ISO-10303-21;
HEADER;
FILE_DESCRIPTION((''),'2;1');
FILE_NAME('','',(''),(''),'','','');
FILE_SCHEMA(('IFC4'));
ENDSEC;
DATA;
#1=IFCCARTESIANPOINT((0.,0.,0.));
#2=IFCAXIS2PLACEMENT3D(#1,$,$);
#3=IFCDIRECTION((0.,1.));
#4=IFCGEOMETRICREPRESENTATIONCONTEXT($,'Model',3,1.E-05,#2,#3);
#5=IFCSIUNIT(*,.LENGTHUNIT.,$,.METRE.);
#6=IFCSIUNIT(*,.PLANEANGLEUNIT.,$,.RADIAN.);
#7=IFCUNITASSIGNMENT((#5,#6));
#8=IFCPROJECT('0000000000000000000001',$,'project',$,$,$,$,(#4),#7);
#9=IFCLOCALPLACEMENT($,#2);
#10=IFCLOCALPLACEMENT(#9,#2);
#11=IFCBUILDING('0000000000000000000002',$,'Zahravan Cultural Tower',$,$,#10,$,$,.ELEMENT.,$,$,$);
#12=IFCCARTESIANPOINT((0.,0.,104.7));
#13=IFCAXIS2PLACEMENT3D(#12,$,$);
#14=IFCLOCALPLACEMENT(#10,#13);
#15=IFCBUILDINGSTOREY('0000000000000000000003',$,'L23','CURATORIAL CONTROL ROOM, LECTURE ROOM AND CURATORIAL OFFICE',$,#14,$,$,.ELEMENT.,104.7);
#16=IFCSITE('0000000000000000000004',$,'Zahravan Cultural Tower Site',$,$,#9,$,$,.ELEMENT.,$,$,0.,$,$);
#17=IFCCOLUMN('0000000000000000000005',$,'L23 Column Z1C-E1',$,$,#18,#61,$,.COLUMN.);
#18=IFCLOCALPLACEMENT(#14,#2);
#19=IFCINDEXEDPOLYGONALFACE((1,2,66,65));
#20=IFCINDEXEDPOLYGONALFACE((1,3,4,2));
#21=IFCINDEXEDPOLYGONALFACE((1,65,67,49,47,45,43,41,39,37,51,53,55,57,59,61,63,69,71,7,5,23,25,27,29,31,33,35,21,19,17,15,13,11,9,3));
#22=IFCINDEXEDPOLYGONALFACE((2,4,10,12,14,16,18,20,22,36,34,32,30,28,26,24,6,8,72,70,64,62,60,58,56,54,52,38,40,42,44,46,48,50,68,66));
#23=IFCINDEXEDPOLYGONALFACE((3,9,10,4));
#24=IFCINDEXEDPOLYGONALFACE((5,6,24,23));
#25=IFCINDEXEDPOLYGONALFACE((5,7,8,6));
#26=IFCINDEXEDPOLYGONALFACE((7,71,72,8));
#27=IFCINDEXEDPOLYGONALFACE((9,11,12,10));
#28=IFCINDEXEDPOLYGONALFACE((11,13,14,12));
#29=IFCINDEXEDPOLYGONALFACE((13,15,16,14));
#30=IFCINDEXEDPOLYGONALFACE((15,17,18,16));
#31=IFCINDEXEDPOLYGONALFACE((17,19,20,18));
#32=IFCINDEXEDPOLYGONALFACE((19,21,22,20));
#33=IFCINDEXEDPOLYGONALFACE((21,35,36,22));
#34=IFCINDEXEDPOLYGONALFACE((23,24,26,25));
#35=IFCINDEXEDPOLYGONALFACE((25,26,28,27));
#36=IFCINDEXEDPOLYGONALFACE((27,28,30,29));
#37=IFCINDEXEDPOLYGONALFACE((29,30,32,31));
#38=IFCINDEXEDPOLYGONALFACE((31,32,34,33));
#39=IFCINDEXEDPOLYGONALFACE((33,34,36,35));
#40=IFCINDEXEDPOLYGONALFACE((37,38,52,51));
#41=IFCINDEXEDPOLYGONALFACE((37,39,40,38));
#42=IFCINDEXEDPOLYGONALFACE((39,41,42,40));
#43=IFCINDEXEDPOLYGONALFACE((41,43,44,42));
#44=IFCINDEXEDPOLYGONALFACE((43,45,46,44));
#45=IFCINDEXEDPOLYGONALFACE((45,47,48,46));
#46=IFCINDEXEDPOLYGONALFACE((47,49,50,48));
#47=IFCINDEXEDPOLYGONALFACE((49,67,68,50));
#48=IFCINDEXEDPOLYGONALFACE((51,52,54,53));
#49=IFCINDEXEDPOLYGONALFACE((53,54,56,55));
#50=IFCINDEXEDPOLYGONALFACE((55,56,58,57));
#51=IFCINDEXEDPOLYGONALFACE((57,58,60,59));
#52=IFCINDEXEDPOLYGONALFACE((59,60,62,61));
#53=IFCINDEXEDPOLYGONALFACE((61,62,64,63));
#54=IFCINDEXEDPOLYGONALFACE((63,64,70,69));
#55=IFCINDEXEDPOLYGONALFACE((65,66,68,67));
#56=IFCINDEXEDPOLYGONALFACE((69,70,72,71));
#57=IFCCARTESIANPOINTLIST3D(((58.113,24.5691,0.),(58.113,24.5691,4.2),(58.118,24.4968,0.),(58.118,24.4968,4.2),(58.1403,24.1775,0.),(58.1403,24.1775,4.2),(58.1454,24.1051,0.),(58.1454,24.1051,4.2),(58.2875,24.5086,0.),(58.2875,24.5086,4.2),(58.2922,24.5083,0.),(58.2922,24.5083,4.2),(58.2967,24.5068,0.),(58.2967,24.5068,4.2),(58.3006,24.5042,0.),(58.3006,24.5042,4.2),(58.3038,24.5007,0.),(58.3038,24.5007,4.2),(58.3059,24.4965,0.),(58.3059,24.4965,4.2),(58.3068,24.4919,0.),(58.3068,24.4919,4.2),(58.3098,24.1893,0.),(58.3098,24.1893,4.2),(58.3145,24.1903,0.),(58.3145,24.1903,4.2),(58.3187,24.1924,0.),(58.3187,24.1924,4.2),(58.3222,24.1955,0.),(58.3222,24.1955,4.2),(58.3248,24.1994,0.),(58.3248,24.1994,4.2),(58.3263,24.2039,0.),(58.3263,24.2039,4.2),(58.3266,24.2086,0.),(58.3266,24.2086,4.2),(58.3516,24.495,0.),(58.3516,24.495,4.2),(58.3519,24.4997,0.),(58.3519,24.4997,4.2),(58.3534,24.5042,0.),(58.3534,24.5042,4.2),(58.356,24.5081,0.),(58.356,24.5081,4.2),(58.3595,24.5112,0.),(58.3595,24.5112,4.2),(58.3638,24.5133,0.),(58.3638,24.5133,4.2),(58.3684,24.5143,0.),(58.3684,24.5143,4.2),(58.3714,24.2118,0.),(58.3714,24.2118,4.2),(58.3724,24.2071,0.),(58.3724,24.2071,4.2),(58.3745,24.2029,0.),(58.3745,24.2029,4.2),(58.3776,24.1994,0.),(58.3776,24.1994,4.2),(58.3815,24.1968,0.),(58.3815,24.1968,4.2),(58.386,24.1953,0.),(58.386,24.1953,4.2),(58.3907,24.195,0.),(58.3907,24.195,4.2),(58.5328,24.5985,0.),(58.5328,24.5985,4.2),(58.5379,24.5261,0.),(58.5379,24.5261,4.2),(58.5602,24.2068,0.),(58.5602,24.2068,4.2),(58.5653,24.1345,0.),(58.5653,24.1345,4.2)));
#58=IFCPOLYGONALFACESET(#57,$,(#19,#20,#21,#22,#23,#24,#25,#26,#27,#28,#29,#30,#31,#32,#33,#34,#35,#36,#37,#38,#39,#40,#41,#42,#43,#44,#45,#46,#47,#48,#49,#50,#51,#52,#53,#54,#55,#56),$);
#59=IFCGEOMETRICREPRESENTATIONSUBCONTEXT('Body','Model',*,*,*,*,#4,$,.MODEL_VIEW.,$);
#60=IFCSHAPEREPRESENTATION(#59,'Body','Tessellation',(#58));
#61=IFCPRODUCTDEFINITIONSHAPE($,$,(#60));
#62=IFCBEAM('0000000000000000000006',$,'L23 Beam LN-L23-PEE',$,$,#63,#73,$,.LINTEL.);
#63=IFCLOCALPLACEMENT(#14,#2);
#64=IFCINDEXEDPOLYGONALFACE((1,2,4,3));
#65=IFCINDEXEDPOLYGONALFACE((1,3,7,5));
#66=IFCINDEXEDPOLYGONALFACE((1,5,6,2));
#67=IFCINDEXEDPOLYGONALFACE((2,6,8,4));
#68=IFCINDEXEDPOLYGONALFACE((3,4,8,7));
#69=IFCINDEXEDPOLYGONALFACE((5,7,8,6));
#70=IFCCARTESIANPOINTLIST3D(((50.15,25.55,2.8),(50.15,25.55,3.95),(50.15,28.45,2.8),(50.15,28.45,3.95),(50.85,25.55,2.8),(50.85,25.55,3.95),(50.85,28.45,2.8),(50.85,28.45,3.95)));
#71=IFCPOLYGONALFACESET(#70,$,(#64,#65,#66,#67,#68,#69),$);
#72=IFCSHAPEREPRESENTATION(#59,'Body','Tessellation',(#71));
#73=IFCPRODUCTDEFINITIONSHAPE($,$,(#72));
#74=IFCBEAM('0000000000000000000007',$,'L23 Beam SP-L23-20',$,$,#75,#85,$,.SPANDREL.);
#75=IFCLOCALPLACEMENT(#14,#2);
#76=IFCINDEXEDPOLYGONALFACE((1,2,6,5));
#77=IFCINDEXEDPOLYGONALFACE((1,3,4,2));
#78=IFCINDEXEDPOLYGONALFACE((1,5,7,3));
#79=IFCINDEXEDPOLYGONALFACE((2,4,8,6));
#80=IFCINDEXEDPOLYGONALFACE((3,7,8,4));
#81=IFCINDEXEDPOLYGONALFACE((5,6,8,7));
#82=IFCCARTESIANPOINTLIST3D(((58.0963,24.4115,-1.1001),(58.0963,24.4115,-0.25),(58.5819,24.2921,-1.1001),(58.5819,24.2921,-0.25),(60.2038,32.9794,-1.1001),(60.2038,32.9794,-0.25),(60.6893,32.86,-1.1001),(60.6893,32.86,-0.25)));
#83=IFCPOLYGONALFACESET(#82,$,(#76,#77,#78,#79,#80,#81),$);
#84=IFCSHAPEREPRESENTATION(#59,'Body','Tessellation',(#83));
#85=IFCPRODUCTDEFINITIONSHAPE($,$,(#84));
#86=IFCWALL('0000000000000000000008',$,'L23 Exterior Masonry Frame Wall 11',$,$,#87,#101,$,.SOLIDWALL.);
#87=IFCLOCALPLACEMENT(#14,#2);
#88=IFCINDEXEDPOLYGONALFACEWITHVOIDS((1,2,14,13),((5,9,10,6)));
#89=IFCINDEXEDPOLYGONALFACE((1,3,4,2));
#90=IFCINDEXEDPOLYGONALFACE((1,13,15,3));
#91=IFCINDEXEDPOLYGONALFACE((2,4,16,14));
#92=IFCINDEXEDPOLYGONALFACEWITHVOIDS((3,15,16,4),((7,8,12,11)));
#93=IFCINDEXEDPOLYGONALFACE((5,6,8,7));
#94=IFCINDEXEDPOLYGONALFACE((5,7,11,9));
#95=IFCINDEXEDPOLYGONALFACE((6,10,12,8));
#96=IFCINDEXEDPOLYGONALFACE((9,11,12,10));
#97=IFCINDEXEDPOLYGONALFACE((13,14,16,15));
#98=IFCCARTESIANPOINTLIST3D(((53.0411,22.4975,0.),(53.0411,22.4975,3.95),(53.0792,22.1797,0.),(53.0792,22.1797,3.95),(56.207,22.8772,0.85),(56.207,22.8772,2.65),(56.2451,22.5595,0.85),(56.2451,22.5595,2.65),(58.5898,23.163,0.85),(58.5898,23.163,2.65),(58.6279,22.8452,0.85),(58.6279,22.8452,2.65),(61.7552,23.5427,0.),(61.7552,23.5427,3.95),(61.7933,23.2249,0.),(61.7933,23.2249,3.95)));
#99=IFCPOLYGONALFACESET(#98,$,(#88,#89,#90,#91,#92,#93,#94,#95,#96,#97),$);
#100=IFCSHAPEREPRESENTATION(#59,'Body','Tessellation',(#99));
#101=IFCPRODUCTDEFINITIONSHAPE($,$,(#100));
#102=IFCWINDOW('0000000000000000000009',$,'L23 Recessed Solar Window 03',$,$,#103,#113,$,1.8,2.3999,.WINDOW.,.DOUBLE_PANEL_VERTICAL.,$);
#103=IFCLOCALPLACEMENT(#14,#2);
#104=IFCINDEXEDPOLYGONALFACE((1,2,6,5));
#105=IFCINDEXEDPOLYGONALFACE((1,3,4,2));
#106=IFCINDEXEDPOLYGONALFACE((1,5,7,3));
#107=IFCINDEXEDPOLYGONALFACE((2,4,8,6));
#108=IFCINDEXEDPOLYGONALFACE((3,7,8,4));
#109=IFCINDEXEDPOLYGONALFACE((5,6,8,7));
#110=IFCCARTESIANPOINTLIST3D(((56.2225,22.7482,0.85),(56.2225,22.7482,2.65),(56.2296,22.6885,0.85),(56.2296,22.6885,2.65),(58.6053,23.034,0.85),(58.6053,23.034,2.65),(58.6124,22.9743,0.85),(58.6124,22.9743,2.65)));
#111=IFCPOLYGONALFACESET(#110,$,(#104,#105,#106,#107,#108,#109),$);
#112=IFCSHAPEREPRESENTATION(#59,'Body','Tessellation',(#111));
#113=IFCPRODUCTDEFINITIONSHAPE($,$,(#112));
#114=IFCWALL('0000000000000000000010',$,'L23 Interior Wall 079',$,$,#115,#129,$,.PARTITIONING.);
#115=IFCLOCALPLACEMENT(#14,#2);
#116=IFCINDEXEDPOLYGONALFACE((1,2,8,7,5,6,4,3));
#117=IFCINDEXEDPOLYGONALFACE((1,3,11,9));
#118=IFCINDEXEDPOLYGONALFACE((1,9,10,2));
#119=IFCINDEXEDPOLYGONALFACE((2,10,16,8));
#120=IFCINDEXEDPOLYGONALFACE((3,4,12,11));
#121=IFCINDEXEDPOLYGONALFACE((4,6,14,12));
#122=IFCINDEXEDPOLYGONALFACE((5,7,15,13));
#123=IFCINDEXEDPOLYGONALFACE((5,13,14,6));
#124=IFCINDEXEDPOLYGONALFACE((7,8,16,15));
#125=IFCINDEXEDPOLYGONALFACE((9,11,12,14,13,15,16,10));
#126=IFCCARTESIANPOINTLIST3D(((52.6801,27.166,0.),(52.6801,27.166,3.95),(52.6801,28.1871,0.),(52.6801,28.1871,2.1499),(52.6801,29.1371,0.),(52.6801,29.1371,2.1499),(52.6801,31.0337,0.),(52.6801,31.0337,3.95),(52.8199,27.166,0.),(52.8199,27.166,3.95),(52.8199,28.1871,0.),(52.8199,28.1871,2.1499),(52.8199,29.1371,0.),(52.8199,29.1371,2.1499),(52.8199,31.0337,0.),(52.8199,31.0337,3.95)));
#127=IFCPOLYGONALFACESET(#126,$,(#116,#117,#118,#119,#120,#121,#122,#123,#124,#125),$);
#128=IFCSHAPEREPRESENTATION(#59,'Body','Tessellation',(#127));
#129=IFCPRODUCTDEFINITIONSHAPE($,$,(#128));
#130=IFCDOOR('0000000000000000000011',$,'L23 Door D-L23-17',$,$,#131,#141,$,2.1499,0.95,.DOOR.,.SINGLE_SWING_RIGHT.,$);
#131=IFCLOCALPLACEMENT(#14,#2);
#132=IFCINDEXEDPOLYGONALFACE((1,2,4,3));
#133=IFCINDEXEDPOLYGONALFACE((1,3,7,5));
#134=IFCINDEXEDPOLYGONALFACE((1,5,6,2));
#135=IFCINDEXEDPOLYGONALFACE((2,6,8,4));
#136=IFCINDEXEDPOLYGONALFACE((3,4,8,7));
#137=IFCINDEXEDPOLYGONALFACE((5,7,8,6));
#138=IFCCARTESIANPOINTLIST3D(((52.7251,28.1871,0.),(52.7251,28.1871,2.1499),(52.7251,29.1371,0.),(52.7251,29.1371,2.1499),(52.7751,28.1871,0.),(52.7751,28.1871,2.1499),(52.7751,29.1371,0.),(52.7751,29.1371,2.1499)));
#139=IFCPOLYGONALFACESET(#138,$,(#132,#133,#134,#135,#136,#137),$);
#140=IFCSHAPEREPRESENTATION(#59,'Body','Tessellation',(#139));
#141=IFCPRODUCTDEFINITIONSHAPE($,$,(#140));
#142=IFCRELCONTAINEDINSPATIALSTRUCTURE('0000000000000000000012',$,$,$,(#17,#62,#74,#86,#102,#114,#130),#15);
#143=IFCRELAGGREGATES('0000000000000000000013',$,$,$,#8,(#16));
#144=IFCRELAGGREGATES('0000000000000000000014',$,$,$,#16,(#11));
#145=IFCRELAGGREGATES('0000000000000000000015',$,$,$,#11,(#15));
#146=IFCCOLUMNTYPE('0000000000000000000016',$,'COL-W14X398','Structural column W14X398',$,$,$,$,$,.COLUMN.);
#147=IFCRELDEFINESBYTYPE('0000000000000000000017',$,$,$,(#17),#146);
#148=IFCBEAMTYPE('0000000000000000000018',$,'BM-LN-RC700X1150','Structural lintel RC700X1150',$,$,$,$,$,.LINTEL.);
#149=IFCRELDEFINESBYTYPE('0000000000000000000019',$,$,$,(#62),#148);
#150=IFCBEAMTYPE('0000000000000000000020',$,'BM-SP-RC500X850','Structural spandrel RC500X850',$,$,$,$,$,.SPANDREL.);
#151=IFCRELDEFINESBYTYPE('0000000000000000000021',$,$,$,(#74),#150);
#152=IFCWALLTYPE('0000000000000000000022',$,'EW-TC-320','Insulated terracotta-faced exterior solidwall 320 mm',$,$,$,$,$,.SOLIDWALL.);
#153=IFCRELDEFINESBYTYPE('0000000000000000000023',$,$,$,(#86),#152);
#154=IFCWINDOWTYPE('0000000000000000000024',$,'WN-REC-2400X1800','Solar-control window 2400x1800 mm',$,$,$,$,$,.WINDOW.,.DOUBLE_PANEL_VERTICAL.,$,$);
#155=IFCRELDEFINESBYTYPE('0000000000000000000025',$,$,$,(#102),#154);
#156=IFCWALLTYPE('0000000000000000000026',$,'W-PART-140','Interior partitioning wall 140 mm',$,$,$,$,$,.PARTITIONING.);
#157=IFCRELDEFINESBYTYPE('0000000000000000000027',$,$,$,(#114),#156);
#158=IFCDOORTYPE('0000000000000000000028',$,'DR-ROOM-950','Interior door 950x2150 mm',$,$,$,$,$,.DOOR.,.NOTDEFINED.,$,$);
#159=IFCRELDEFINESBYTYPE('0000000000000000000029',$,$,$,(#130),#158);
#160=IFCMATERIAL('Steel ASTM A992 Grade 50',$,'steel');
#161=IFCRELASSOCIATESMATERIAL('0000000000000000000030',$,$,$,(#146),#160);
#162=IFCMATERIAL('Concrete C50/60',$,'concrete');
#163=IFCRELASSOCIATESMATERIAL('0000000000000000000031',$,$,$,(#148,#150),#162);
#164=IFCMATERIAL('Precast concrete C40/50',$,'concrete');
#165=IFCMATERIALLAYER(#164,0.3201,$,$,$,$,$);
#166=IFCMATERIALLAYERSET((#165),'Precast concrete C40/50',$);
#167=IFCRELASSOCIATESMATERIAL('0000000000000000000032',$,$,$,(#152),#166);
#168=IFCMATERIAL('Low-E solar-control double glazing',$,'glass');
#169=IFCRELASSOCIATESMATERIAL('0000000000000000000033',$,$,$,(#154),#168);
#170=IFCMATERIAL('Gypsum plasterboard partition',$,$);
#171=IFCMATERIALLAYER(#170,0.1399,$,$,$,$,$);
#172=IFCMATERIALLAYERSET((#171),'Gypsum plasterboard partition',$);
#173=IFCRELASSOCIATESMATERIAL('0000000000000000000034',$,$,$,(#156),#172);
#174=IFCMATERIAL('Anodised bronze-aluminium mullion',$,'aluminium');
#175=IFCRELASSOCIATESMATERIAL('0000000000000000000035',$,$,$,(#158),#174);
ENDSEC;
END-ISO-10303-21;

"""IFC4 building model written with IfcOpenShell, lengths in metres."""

from ifc_helpers import new_model, si_unit, direction, frame, frame_2d, origin, origin_2d, place, context, subcontext, project, spatial, rectangle, i_section, extrude, source, transform, mapped, material, layer, layer_set, material_profile, profile_set, type_object, element, fill, save


model = new_model("IFC4")

# Units and contexts
model_context = context("Model", 3, precision=1e-05, world=origin(), true_north=direction((0.0, 1.0)))
body_context = subcontext(model_context, "Body", "Model", "MODEL_VIEW")
ifc_project = project(units=[si_unit("LENGTHUNIT", "METRE"), si_unit("PLANEANGLEUNIT", "RADIAN")], contexts=[model_context])

# Site, building, storey
site_placement = place(None, origin())
site = spatial("IfcSite", under=ifc_project, at=site_placement, Name="Zahravan Cultural Tower Site", CompositionType="ELEMENT", RefElevation=0.0)
building_placement = place(site_placement, origin())
building = spatial("IfcBuilding", under=site, at=building_placement, Name="Zahravan Cultural Tower", CompositionType="ELEMENT")
storey_placement = place(building_placement, frame((0.0, 0.0, 104.7)))
storey = spatial("IfcBuildingStorey", under=building, at=storey_placement, Name="L23", Description="CURATORIAL CONTROL ROOM, LECTURE ROOM AND CURATORIAL OFFICE", CompositionType="ELEMENT", Elevation=104.7)

# Column
ifc_material_1 = material(Name="Steel ASTM A992 Grade 50", Category="steel")
ifc_material_profile_1 = material_profile(ifc_material_1, i_section(OverallWidth=0.4209, OverallDepth=0.4651, WebThickness=0.0449, FlangeThickness=0.0725, FilletRadius=0.0181, at=origin_2d()), Name="W14X398")
ifc_profile_set_1 = profile_set([ifc_material_profile_1], Name="Steel ASTM A992 Grade 50")
column_type = type_object("IfcColumnType", Name="COL-W14X398", Description="Structural column W14X398", PredefinedType="COLUMN", material=ifc_profile_set_1)
shared_shape_1 = source(origin(), body_context, "Body", "SweptSolid", [
    extrude(i_section(OverallWidth=0.4209, OverallDepth=0.4651, WebThickness=0.0449, FlangeThickness=0.0725, FilletRadius=0.0181, at=origin_2d()), origin(), (0.0, 0.0, 1.0), 4.2),
])
column_placement = place(storey_placement, frame((58.3391, 24.3518, 0.0), z_axis=(0.0, 0.0, 1.0), x_axis=(0.997564, 0.069756, 0.0)))
element("IfcColumn", 1, at=column_placement, inside=storey, type_object=column_type, Name="L23 Column Z1C-E1", PredefinedType="COLUMN", context=body_context, shape_type="MappedRepresentation", body=[
    mapped(shared_shape_1, transform((0.0, 0.0, 0.0), x_axis=(1.0, 0.0, 0.0), y_axis=(0.0, 1.0, 0.0), z_axis=(0.0, 0.0, 1.0), scale=1.0)),
])

# Beams
ifc_material_2 = material(Name="Concrete C50/60", Category="concrete")
ifc_material_profile_2 = material_profile(ifc_material_2, rectangle(XDim=0.7, YDim=1.1499, at=origin_2d()), Name="RC700X1150")
ifc_profile_set_2 = profile_set([ifc_material_profile_2], Name="Concrete C50/60")
beam_type_1 = type_object("IfcBeamType", Name="BM-LN-RC700X1150", Description="Structural lintel RC700X1150", PredefinedType="LINTEL", material=ifc_profile_set_2)
shared_shape_2 = source(origin(), body_context, "Body", "SweptSolid", [
    extrude(rectangle(XDim=0.7, YDim=1.1499, at=origin_2d()), origin(), (0.0, 0.0, 1.0), 2.8999),
])
beam_1_placement = place(storey_placement, frame((50.5, 25.55, 3.375), z_axis=(0.0, 1.0, 0.0), x_axis=(-1.0, 0.0, 0.0)))
element("IfcBeam", 2, at=beam_1_placement, inside=storey, type_object=beam_type_1, Name="L23 Beam LN-L23-PEE", PredefinedType="LINTEL", context=body_context, shape_type="MappedRepresentation", body=[
    mapped(shared_shape_2, transform((0.0, 0.0, 0.0), x_axis=(1.0, 0.0, 0.0), y_axis=(0.0, 1.0, 0.0), z_axis=(0.0, 0.0, 1.0), scale=1.0)),
])
ifc_material_profile_3 = material_profile(ifc_material_2, rectangle(XDim=0.5, YDim=0.8501, at=origin_2d()), Name="RC500X850")
ifc_profile_set_3 = profile_set([ifc_material_profile_3], Name="Concrete C50/60")
beam_type_2 = type_object("IfcBeamType", Name="BM-SP-RC500X850", Description="Structural spandrel RC500X850", PredefinedType="SPANDREL", material=ifc_profile_set_3)
shared_shape_3 = source(origin(), body_context, "Body", "SweptSolid", [
    extrude(rectangle(XDim=0.5, YDim=0.8501, at=origin_2d()), origin(), (0.0, 0.0, 1.0), 8.8232),
])
beam_2_placement = place(storey_placement, frame((58.3391, 24.3518, -0.675), z_axis=(0.238849, 0.971057, 0.0), x_axis=(-0.971057, 0.238849, 0.0)))
element("IfcBeam", 3, at=beam_2_placement, inside=storey, type_object=beam_type_2, Name="L23 Beam SP-L23-20", PredefinedType="SPANDREL", context=body_context, shape_type="MappedRepresentation", body=[
    mapped(shared_shape_3, transform((0.0, 0.0, 0.0), x_axis=(1.0, 0.0, 0.0), y_axis=(0.0, 1.0, 0.0), z_axis=(0.0, 0.0, 1.0), scale=1.0)),
])

# Wall, opening, window
ifc_material_3 = material(Name="Precast concrete C40/50", Category="concrete")
ifc_layer_1 = layer(ifc_material_3, 0.3201)
ifc_layer_set_1 = layer_set([ifc_layer_1], Name="Precast concrete C40/50")
wall_type_1 = type_object("IfcWallType", Name="EW-TC-320", Description="Insulated terracotta-faced exterior solidwall 320 mm", PredefinedType="SOLIDWALL", material=ifc_layer_set_1)
wall_1_placement = place(storey_placement, frame((61.7742, 23.3838, 0.0), z_axis=(0.0, 0.0, 1.0), x_axis=(-0.992884, -0.119086, 0.0)))
wall_1 = element("IfcWall", 4, at=wall_1_placement, inside=storey, type_object=wall_type_1, Name="L23 Exterior Masonry Frame Wall 11", PredefinedType="SOLIDWALL", context=body_context, shape_type="SweptSolid", body=[
    extrude(rectangle(XDim=8.7766, YDim=0.3201, at=frame_2d((4.3882, 0.0))), origin(), (0.0, 0.0, 1.0), 3.95),
])
opening_1_placement = place(wall_1_placement, frame((3.188, 0.0, 0.8501)))
opening_1 = element("IfcOpeningElement", 5, at=opening_1_placement, cuts=wall_1, PredefinedType="OPENING", context=body_context, shape_type="SweptSolid", body=[
    extrude(rectangle(XDim=2.3999, YDim=1.8, at=frame_2d((1.2, 0.8999))), frame((0.0, 0.1699, 0.0), z_axis=(0.0, -1.0, 0.0), x_axis=(1.0, 0.0, 0.0)), (0.0, 0.0, 1.0), 0.3401),
])
ifc_material_4 = material(Name="Low-E solar-control double glazing", Category="glass")
window_type = type_object("IfcWindowType", Name="WN-REC-2400X1800", Description="Solar-control window 2400x1800 mm", PartitioningType="DOUBLE_PANEL_VERTICAL", PredefinedType="WINDOW", material=ifc_material_4)
shared_shape_4 = source(origin(), body_context, "Body", "SweptSolid", [
    extrude(rectangle(XDim=2.3999, YDim=1.8, at=frame_2d((1.2, 0.8999))), frame((0.0, 0.03, 0.0), z_axis=(0.0, -1.0, 0.0), x_axis=(1.0, 0.0, 0.0)), (0.0, 0.0, 1.0), 0.0601),
])
window_placement = place(opening_1_placement, origin())
window = element("IfcWindow", 6, at=window_placement, inside=storey, type_object=window_type, Name="L23 Recessed Solar Window 03", OverallHeight=1.8, OverallWidth=2.3999, PartitioningType="DOUBLE_PANEL_VERTICAL", PredefinedType="WINDOW", context=body_context, shape_type="MappedRepresentation", body=[
    mapped(shared_shape_4, transform((0.0, 0.0, 0.0), x_axis=(1.0, 0.0, 0.0), y_axis=(0.0, 1.0, 0.0), z_axis=(0.0, 0.0, 1.0), scale=1.0)),
])
fill(opening_1, window)

# Wall, opening, door
ifc_material_5 = material(Name="Gypsum plasterboard partition")
ifc_layer_2 = layer(ifc_material_5, 0.1399)
ifc_layer_set_2 = layer_set([ifc_layer_2], Name="Gypsum plasterboard partition")
wall_type_2 = type_object("IfcWallType", Name="W-PART-140", Description="Interior partitioning wall 140 mm", PredefinedType="PARTITIONING", material=ifc_layer_set_2)
wall_2_placement = place(storey_placement, frame((52.75, 27.166, 0.0), z_axis=(0.0, 0.0, 1.0), x_axis=(0.0, 1.0, 0.0)))
wall_2 = element("IfcWall", 7, at=wall_2_placement, inside=storey, type_object=wall_type_2, Name="L23 Interior Wall 079", PredefinedType="PARTITIONING", context=body_context, shape_type="SweptSolid", body=[
    extrude(rectangle(XDim=3.8677, YDim=0.1399, at=frame_2d((1.9338, 0.0))), origin(), (0.0, 0.0, 1.0), 3.95),
])
opening_2_placement = place(wall_2_placement, frame((1.021, 0.0, 0.0)))
opening_2 = element("IfcOpeningElement", 8, at=opening_2_placement, cuts=wall_2, PredefinedType="OPENING", context=body_context, shape_type="SweptSolid", body=[
    extrude(rectangle(XDim=0.95, YDim=2.1499, at=frame_2d((0.4751, 1.075))), frame((0.0, 0.0798, 0.0), z_axis=(0.0, -1.0, 0.0), x_axis=(1.0, 0.0, 0.0)), (0.0, 0.0, 1.0), 0.1599),
])
ifc_material_6 = material(Name="Anodised bronze-aluminium mullion", Category="aluminium")
door_type = type_object("IfcDoorType", Name="DR-ROOM-950", Description="Interior door 950x2150 mm", OperationType="NOTDEFINED", PredefinedType="DOOR", material=ifc_material_6)
shared_shape_5 = source(origin(), body_context, "Body", "SweptSolid", [
    extrude(rectangle(XDim=0.95, YDim=2.1499, at=frame_2d((0.4751, 1.075))), frame((0.0, 0.0249, 0.0), z_axis=(0.0, -1.0, 0.0), x_axis=(1.0, 0.0, 0.0)), (0.0, 0.0, 1.0), 0.05),
])
door_1_placement = place(opening_2_placement, origin())
door_1 = element("IfcDoor", 9, at=door_1_placement, inside=storey, type_object=door_type, Name="L23 Door D-L23-17", OperationType="SINGLE_SWING_RIGHT", OverallHeight=2.1499, OverallWidth=0.95, PredefinedType="DOOR", context=body_context, shape_type="MappedRepresentation", body=[
    mapped(shared_shape_5, transform((0.0, 0.0, 0.0), x_axis=(1.0, 0.0, 0.0), y_axis=(0.0, 1.0, 0.0), z_axis=(0.0, 0.0, 1.0), scale=1.0)),
])
fill(opening_2, door_1)

save(model, "model.ifc")
